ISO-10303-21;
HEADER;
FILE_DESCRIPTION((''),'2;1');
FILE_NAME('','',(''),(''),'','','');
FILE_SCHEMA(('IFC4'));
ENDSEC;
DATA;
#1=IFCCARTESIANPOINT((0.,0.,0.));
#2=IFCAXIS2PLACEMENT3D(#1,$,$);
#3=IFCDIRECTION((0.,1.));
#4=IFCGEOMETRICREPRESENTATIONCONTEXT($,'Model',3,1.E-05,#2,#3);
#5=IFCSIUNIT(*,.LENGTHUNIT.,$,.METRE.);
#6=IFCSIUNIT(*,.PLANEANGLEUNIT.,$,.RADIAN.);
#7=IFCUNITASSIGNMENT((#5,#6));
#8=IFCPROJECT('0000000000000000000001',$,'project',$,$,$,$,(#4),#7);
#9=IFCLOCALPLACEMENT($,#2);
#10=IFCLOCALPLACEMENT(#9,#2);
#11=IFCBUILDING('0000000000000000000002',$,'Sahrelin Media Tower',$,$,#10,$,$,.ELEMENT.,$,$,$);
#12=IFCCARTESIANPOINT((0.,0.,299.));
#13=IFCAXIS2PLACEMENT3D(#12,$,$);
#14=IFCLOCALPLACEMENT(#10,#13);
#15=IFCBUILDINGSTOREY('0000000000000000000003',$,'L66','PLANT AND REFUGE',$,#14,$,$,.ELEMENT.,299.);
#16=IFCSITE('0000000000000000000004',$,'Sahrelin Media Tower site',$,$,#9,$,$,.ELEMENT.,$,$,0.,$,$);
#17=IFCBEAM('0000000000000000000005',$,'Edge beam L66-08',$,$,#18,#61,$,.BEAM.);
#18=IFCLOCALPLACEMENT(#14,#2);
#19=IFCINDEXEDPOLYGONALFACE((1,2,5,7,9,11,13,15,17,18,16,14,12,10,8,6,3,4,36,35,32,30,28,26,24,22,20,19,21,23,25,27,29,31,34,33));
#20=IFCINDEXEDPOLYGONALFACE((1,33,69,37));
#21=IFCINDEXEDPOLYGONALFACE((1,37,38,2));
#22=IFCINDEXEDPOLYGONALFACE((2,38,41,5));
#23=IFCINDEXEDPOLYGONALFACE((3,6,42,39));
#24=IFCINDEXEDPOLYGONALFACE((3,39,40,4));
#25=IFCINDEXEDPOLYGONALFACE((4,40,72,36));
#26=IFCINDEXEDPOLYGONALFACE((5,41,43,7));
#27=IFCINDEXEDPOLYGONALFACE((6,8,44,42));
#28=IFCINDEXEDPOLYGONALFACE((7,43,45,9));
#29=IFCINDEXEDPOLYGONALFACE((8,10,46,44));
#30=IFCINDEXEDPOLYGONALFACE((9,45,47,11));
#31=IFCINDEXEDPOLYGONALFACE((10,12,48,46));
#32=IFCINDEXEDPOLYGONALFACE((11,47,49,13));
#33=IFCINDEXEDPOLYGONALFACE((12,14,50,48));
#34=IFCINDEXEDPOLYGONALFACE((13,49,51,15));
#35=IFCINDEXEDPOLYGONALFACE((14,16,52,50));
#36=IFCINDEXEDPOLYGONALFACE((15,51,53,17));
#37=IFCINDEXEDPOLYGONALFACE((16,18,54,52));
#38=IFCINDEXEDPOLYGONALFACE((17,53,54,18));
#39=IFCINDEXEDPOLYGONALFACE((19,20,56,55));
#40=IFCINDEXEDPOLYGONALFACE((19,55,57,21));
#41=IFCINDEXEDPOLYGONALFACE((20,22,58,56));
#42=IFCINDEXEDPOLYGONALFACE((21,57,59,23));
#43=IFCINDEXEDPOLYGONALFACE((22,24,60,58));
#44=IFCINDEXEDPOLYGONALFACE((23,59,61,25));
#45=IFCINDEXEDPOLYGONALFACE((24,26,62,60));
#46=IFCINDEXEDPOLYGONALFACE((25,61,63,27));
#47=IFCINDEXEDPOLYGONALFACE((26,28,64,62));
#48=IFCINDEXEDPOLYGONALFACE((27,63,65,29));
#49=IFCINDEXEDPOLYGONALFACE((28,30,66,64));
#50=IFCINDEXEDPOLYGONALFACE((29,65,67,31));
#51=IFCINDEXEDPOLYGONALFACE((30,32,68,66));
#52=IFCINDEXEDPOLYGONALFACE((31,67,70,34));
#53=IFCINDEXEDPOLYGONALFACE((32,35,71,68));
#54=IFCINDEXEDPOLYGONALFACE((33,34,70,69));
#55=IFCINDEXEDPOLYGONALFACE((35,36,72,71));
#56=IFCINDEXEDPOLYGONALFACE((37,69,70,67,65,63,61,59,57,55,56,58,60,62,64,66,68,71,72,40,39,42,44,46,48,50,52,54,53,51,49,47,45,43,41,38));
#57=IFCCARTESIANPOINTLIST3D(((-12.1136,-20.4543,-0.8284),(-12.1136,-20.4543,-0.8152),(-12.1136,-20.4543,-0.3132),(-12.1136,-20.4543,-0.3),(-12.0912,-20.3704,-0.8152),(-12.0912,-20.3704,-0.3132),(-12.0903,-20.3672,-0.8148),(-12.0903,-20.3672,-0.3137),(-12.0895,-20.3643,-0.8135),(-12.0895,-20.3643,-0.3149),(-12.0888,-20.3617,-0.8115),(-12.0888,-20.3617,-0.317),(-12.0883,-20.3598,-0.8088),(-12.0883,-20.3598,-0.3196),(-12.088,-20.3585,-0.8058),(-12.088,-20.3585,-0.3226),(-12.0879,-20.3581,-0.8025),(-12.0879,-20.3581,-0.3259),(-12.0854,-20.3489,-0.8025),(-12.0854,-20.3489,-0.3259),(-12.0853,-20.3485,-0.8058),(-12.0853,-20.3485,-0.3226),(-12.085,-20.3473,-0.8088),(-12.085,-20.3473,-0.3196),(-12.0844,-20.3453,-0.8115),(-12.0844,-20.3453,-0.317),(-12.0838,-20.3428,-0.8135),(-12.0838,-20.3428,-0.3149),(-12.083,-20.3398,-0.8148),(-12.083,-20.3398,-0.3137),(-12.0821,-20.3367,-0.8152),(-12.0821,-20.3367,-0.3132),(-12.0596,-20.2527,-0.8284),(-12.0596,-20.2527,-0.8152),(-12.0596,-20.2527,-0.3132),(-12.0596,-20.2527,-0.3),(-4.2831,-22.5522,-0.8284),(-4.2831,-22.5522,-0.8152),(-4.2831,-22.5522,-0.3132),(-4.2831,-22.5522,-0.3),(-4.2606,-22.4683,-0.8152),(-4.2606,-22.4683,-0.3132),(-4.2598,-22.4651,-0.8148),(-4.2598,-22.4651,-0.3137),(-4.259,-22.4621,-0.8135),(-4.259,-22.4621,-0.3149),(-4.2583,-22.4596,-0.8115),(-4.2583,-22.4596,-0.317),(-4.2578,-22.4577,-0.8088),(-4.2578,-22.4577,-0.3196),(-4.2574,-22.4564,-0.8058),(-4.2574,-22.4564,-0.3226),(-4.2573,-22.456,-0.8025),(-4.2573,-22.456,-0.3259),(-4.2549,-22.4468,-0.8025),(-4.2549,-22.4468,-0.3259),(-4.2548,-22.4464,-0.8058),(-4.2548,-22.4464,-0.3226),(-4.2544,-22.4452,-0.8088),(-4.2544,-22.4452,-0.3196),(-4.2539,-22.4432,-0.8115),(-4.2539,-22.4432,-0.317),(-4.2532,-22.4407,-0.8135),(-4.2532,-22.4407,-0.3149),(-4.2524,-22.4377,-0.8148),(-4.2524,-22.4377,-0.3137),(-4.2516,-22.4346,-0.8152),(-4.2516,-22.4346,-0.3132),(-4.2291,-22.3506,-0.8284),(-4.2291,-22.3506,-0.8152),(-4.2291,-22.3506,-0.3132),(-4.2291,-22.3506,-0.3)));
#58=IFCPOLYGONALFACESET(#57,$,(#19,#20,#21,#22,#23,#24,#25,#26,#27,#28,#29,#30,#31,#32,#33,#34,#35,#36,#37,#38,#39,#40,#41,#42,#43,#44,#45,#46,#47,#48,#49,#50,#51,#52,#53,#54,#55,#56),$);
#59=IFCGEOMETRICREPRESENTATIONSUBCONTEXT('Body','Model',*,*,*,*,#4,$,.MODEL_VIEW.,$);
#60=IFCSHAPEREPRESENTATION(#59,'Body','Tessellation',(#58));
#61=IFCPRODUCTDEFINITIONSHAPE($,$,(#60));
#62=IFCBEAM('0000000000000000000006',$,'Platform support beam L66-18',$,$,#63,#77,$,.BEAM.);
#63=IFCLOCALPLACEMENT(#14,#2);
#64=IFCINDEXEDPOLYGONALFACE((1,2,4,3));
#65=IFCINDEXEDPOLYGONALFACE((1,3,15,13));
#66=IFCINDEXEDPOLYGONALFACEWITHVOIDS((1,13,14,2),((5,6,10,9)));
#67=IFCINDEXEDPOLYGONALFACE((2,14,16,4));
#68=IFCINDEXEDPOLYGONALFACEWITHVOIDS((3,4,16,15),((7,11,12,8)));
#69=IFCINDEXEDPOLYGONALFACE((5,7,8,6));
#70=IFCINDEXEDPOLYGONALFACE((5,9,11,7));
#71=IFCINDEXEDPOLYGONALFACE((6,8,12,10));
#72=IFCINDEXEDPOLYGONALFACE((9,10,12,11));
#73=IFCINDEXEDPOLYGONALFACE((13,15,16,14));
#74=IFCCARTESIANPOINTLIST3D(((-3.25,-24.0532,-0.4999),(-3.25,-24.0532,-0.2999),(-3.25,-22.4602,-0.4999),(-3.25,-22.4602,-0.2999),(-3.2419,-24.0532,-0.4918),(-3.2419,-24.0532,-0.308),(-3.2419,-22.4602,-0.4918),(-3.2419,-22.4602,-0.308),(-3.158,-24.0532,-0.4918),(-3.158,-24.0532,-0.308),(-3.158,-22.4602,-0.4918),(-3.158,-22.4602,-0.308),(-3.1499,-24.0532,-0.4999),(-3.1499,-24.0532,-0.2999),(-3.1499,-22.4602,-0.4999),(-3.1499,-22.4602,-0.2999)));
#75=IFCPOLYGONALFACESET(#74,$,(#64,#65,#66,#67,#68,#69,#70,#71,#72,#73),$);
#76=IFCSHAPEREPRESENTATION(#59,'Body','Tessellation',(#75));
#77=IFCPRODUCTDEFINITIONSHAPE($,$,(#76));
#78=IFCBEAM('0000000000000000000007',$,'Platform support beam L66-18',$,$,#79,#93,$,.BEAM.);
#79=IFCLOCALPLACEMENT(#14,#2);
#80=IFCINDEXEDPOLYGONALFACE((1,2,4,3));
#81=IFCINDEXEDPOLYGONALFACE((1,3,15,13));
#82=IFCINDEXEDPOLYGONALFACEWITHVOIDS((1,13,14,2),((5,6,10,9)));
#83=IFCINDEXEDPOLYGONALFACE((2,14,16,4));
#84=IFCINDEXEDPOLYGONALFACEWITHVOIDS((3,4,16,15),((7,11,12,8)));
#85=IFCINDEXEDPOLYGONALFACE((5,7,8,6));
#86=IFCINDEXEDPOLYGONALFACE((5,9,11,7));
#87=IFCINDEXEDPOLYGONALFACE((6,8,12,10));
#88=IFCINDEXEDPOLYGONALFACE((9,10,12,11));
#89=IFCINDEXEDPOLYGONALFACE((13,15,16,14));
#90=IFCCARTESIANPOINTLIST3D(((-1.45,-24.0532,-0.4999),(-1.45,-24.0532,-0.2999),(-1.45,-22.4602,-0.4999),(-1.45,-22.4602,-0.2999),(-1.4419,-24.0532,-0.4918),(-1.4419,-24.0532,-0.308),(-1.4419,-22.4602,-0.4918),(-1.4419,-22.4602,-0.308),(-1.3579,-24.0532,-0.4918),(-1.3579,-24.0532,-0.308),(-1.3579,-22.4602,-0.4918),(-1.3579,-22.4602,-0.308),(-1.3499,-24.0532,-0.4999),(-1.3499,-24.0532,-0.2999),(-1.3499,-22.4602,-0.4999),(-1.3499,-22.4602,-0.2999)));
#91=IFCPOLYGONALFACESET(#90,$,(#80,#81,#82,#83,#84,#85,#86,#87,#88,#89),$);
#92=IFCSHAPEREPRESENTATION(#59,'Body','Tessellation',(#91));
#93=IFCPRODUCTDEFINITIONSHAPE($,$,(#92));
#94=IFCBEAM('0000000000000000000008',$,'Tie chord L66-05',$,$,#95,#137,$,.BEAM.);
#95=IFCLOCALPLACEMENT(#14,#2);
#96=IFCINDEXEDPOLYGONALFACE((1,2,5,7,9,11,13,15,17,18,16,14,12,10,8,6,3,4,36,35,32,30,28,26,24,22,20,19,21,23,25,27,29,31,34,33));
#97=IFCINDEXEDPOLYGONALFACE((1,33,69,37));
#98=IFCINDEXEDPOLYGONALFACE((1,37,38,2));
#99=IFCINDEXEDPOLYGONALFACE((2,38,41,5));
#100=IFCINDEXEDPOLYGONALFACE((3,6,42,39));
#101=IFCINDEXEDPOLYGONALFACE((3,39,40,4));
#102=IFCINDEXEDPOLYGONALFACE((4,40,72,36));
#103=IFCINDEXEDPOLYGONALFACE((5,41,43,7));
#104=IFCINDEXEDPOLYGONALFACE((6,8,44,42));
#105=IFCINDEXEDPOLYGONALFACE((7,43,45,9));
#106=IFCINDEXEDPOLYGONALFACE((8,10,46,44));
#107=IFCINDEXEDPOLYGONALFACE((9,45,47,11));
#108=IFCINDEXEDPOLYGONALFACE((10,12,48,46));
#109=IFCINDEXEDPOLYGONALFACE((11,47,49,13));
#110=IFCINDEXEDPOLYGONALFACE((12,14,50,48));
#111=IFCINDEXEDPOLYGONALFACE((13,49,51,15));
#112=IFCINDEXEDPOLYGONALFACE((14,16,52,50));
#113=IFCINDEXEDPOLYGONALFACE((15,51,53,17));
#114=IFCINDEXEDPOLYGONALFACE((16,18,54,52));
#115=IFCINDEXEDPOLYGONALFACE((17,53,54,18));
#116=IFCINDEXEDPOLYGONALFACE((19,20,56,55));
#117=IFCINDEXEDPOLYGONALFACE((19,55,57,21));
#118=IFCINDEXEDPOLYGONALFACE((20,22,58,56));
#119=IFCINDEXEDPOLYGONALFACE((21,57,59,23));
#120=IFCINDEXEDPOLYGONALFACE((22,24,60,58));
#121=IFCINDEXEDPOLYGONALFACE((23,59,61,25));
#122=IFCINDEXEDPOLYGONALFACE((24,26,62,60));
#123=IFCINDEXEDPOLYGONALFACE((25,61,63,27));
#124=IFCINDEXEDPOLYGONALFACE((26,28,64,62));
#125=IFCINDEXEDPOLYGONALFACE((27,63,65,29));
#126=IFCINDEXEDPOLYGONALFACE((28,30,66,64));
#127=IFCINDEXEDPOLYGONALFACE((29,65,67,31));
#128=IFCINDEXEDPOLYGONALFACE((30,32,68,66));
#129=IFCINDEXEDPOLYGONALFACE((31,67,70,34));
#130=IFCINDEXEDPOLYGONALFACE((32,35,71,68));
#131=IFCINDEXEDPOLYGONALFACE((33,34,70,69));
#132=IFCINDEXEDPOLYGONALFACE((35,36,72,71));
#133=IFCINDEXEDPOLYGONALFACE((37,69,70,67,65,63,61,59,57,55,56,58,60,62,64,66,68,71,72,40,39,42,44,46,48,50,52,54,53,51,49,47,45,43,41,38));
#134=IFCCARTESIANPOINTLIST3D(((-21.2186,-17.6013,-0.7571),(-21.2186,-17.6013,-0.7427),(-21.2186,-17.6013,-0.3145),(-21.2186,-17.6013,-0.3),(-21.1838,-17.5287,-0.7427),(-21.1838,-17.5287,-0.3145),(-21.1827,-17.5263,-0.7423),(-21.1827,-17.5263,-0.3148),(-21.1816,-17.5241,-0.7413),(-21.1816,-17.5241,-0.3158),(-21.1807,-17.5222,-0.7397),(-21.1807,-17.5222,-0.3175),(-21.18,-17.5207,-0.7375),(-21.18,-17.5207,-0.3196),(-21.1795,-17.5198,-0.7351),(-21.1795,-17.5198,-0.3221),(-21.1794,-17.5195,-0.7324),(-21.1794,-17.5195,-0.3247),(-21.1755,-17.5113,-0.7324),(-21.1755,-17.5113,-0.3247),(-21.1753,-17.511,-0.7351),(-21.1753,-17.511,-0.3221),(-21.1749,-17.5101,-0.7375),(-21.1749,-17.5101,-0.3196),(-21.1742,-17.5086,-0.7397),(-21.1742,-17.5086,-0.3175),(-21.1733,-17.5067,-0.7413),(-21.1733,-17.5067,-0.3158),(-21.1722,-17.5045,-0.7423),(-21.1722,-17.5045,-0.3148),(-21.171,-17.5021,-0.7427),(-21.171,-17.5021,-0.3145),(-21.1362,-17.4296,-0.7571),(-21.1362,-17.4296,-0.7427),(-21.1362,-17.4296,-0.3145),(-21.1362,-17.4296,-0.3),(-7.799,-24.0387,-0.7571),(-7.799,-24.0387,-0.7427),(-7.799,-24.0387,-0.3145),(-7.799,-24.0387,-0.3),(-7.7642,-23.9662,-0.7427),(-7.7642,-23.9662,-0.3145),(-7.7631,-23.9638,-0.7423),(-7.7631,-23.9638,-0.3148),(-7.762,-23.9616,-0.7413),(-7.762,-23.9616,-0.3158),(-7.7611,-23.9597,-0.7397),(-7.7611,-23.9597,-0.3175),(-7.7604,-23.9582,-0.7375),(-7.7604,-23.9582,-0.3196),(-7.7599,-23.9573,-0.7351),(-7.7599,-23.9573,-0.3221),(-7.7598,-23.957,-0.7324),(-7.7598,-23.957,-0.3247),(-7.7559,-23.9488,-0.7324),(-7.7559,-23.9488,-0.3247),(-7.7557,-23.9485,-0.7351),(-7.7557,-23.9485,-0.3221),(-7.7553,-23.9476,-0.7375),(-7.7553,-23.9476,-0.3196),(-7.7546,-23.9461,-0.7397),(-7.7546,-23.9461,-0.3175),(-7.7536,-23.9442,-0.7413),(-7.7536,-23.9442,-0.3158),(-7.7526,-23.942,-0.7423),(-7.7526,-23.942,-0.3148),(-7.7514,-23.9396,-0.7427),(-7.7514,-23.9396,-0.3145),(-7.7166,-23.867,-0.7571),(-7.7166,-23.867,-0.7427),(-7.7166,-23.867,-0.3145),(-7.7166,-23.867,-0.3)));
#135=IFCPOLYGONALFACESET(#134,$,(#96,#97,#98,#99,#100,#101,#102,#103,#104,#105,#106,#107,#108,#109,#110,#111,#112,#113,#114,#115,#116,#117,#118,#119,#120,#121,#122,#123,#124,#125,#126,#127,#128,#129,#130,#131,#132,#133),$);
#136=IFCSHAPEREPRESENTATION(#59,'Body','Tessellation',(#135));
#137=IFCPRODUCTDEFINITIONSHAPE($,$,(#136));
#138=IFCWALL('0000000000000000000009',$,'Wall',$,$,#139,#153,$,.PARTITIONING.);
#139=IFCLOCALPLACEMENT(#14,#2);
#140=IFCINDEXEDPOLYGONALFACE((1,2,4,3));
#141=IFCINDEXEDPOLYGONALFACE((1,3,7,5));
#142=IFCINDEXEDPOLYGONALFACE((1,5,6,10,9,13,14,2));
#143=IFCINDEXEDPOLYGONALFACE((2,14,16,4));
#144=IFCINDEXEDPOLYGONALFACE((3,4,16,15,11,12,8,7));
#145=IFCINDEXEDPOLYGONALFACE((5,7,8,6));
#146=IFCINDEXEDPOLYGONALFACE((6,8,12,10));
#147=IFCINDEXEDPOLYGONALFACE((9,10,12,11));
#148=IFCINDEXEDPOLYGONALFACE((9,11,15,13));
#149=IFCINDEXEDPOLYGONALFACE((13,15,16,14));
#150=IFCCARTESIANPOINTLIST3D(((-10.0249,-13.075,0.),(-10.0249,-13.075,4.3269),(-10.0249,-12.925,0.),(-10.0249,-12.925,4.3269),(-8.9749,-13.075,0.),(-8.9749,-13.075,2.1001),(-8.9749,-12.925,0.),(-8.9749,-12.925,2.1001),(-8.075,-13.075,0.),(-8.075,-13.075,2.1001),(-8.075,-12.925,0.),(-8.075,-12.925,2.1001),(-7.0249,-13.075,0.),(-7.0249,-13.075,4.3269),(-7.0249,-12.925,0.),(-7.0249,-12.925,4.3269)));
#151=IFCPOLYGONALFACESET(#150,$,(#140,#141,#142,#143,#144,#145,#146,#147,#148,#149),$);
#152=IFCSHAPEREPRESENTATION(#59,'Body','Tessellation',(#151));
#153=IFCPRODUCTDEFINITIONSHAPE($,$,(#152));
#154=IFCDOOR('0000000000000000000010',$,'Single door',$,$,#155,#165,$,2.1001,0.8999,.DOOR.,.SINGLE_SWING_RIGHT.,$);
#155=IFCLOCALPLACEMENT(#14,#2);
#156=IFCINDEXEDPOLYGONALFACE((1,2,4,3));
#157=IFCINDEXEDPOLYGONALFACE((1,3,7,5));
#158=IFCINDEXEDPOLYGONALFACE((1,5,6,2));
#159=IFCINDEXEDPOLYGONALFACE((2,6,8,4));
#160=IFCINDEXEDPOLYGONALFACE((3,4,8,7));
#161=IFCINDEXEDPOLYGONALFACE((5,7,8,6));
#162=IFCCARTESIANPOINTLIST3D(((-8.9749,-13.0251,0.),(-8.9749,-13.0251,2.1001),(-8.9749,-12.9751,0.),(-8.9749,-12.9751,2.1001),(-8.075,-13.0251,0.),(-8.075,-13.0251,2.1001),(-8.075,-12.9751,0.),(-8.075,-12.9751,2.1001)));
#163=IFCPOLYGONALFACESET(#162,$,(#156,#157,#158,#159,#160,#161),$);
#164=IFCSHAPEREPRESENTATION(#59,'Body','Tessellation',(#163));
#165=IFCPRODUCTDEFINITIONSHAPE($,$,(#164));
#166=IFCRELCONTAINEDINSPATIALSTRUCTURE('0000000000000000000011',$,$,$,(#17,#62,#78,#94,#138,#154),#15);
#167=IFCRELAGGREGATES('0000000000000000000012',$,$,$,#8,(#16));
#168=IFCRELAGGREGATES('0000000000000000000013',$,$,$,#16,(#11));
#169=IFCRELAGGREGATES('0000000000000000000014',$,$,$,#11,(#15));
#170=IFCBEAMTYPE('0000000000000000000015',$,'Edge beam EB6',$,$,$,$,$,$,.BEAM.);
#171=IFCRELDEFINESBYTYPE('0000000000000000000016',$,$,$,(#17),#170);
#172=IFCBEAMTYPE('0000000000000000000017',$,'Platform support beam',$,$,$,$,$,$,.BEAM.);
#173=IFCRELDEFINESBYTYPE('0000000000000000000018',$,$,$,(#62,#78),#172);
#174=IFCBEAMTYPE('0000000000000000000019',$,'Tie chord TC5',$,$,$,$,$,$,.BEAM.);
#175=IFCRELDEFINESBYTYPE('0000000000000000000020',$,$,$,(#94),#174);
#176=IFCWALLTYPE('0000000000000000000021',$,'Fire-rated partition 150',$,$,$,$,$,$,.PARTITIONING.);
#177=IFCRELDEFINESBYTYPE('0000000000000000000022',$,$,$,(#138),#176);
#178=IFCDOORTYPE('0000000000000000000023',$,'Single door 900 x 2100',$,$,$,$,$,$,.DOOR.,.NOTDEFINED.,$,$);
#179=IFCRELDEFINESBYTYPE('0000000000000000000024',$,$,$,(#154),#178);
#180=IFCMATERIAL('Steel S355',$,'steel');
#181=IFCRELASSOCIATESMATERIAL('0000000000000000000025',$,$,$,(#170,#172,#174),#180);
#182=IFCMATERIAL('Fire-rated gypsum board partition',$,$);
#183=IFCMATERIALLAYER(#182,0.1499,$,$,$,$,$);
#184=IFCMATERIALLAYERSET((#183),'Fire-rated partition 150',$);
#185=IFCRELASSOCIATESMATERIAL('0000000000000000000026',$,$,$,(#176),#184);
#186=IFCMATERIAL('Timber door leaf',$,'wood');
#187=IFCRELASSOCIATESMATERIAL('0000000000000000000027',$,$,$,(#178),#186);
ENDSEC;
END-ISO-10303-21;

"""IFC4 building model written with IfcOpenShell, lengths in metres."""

from ifc_helpers import new_model, si_unit, direction, frame, frame_2d, origin, origin_2d, place, context, subcontext, project, spatial, rectangle, hollow_rectangle, i_section, extrude, material, layer, layer_set, material_profile, profile_set, type_object, element, fill, save


model = new_model("IFC4")

# Units and contexts
model_context = context("Model", 3, precision=1e-05, world=origin(), true_north=direction((0.0, 1.0)))
body_context = subcontext(model_context, "Body", "Model", "MODEL_VIEW")
ifc_project = project(units=[si_unit("LENGTHUNIT", "METRE"), si_unit("PLANEANGLEUNIT", "RADIAN")], contexts=[model_context])

# Site, building, storey
site_placement = place(None, origin())
site = spatial("IfcSite", under=ifc_project, at=site_placement, Name="Sahrelin Media Tower site", CompositionType="ELEMENT", RefElevation=0.0)
building_placement = place(site_placement, origin())
building = spatial("IfcBuilding", under=site, at=building_placement, Name="Sahrelin Media Tower", CompositionType="ELEMENT")
storey_placement = place(building_placement, frame((0.0, 0.0, 299.0)))
storey = spatial("IfcBuildingStorey", under=building, at=storey_placement, Name="L66", Description="PLANT AND REFUGE", CompositionType="ELEMENT", Elevation=299.0)

# Beams
ifc_material_1 = material(Name="Steel S355", Category="steel")
ifc_material_profile_1 = material_profile(ifc_material_1, i_section(OverallWidth=0.2087, OverallDepth=0.5283, WebThickness=0.0095, FlangeThickness=0.0132, FilletRadius=0.0127, at=origin_2d()), Name="UB 533x210x82")
ifc_profile_set_1 = profile_set([ifc_material_profile_1], Name="Steel S355")
beam_type_1 = type_object("IfcBeamType", Name="Edge beam EB6", PredefinedType="BEAM", material=ifc_profile_set_1)
beam_1_placement = place(storey_placement, frame((-4.2561, -22.4514, -0.5642), z_axis=(-0.965935, 0.258785, 0.0), x_axis=(-0.258785, -0.965935, 0.0)))
element("IfcBeam", 1, at=beam_1_placement, inside=storey, type_object=beam_type_1, Name="Edge beam L66-08", PredefinedType="BEAM", context=body_context, shape_type="SweptSolid", body=[
    extrude(i_section(OverallWidth=0.2087, OverallDepth=0.5283, WebThickness=0.0095, FlangeThickness=0.0132, FilletRadius=0.0127, at=origin_2d()), origin(), (0.0, 0.0, 1.0), 8.1067),
])
ifc_material_profile_2 = material_profile(ifc_material_1, hollow_rectangle(XDim=0.1001, YDim=0.2, WallThickness=0.0081, at=origin_2d()), Name="RHS 200x100x8")
ifc_profile_set_2 = profile_set([ifc_material_profile_2], Name="Steel S355")
beam_type_2 = type_object("IfcBeamType", Name="Platform support beam", PredefinedType="BEAM", material=ifc_profile_set_2)
for number, where, z_axis, x_axis, name in (
    (2, (-3.2, -22.4602, -0.3999), (0.0, -1.0, 0.0), (1.0, 0.0, 0.0), "Platform support beam L66-18"),
    (3, (-1.3999, -22.4602, -0.3999), (0.0, -1.0, 0.0), (1.0, 0.0, 0.0), "Platform support beam L66-18"),
):
    element("IfcBeam", number, at=place(storey_placement, frame(where, z_axis=z_axis, x_axis=x_axis)), inside=storey, type_object=beam_type_2, Name=name, PredefinedType="BEAM", context=body_context, shape_type="SweptSolid", body=[
        extrude(hollow_rectangle(XDim=0.1001, YDim=0.2, WallThickness=0.0081, at=origin_2d()), origin(), (0.0, 0.0, 1.0), 1.593),
    ])
ifc_material_profile_3 = material_profile(ifc_material_1, i_section(OverallWidth=0.1904, OverallDepth=0.457, WebThickness=0.009, FlangeThickness=0.0144, FilletRadius=0.0103, at=origin_2d()), Name="UB 457x191x74")
ifc_profile_set_3 = profile_set([ifc_material_profile_3], Name="Steel S355")
beam_type_3 = type_object("IfcBeamType", Name="Tie chord TC5", PredefinedType="BEAM", material=ifc_profile_set_3)
beam_2_placement = place(storey_placement, frame((-7.7578, -23.9529, -0.5286), z_axis=(-0.901626, 0.432516, 0.0), x_axis=(-0.432516, -0.901626, 0.0)))
element("IfcBeam", 4, at=beam_2_placement, inside=storey, type_object=beam_type_3, Name="Tie chord L66-05", PredefinedType="BEAM", context=body_context, shape_type="SweptSolid", body=[
    extrude(i_section(OverallWidth=0.1904, OverallDepth=0.457, WebThickness=0.009, FlangeThickness=0.0144, FilletRadius=0.0103, at=origin_2d()), origin(), (0.0, 0.0, 1.0), 14.8838),
])

# Wall, opening, door
ifc_material_2 = material(Name="Fire-rated gypsum board partition")
ifc_layer_1 = layer(ifc_material_2, 0.1499)
ifc_layer_set_1 = layer_set([ifc_layer_1], Name="Fire-rated partition 150")
wall_type_1 = type_object("IfcWallType", Name="Fire-rated partition 150", PredefinedType="PARTITIONING", material=ifc_layer_set_1)
wall_1_placement = place(storey_placement, frame((-10.0249, -13.0, 0.0), z_axis=(0.0, 0.0, 1.0), x_axis=(1.0, 0.0, 0.0)))
wall_1 = element("IfcWall", 5, at=wall_1_placement, inside=storey, type_object=wall_type_1, Name="Wall", PredefinedType="PARTITIONING", context=body_context, shape_type="SweptSolid", body=[
    extrude(rectangle(XDim=3.0, YDim=0.1499, at=frame_2d((1.5, 0.0))), origin(), (0.0, 0.0, 1.0), 4.3269),
])
opening_1_placement = place(wall_1_placement, frame((1.05, 0.0, 0.0)))
opening_1 = element("IfcOpeningElement", 6, at=opening_1_placement, cuts=wall_1, PredefinedType="OPENING", context=body_context, shape_type="SweptSolid", body=[
    extrude(rectangle(XDim=0.8999, YDim=2.1001, at=frame_2d((0.45, 1.05))), frame((0.0, 0.075, 0.0), z_axis=(0.0, -1.0, 0.0), x_axis=(1.0, 0.0, 0.0)), (0.0, 0.0, 1.0), 0.1499),
])
ifc_material_3 = material(Name="Timber door leaf", Category="wood")
door_type_1 = type_object("IfcDoorType", Name="Single door 900 x 2100", OperationType="NOTDEFINED", PredefinedType="DOOR", material=ifc_material_3)
door_1_placement = place(opening_1_placement, origin())
door_1 = element("IfcDoor", 7, at=door_1_placement, inside=storey, type_object=door_type_1, Name="Single door", OperationType="SINGLE_SWING_RIGHT", OverallHeight=2.1001, OverallWidth=0.8999, PredefinedType="DOOR", context=body_context, shape_type="SweptSolid", body=[
    extrude(rectangle(XDim=0.8999, YDim=2.1001, at=frame_2d((0.45, 1.05))), frame((0.0, 0.0249, 0.0), z_axis=(0.0, -1.0, 0.0), x_axis=(1.0, 0.0, 0.0)), (0.0, 0.0, 1.0), 0.05),
])
fill(opening_1, door_1)

save(model, "model.ifc")
